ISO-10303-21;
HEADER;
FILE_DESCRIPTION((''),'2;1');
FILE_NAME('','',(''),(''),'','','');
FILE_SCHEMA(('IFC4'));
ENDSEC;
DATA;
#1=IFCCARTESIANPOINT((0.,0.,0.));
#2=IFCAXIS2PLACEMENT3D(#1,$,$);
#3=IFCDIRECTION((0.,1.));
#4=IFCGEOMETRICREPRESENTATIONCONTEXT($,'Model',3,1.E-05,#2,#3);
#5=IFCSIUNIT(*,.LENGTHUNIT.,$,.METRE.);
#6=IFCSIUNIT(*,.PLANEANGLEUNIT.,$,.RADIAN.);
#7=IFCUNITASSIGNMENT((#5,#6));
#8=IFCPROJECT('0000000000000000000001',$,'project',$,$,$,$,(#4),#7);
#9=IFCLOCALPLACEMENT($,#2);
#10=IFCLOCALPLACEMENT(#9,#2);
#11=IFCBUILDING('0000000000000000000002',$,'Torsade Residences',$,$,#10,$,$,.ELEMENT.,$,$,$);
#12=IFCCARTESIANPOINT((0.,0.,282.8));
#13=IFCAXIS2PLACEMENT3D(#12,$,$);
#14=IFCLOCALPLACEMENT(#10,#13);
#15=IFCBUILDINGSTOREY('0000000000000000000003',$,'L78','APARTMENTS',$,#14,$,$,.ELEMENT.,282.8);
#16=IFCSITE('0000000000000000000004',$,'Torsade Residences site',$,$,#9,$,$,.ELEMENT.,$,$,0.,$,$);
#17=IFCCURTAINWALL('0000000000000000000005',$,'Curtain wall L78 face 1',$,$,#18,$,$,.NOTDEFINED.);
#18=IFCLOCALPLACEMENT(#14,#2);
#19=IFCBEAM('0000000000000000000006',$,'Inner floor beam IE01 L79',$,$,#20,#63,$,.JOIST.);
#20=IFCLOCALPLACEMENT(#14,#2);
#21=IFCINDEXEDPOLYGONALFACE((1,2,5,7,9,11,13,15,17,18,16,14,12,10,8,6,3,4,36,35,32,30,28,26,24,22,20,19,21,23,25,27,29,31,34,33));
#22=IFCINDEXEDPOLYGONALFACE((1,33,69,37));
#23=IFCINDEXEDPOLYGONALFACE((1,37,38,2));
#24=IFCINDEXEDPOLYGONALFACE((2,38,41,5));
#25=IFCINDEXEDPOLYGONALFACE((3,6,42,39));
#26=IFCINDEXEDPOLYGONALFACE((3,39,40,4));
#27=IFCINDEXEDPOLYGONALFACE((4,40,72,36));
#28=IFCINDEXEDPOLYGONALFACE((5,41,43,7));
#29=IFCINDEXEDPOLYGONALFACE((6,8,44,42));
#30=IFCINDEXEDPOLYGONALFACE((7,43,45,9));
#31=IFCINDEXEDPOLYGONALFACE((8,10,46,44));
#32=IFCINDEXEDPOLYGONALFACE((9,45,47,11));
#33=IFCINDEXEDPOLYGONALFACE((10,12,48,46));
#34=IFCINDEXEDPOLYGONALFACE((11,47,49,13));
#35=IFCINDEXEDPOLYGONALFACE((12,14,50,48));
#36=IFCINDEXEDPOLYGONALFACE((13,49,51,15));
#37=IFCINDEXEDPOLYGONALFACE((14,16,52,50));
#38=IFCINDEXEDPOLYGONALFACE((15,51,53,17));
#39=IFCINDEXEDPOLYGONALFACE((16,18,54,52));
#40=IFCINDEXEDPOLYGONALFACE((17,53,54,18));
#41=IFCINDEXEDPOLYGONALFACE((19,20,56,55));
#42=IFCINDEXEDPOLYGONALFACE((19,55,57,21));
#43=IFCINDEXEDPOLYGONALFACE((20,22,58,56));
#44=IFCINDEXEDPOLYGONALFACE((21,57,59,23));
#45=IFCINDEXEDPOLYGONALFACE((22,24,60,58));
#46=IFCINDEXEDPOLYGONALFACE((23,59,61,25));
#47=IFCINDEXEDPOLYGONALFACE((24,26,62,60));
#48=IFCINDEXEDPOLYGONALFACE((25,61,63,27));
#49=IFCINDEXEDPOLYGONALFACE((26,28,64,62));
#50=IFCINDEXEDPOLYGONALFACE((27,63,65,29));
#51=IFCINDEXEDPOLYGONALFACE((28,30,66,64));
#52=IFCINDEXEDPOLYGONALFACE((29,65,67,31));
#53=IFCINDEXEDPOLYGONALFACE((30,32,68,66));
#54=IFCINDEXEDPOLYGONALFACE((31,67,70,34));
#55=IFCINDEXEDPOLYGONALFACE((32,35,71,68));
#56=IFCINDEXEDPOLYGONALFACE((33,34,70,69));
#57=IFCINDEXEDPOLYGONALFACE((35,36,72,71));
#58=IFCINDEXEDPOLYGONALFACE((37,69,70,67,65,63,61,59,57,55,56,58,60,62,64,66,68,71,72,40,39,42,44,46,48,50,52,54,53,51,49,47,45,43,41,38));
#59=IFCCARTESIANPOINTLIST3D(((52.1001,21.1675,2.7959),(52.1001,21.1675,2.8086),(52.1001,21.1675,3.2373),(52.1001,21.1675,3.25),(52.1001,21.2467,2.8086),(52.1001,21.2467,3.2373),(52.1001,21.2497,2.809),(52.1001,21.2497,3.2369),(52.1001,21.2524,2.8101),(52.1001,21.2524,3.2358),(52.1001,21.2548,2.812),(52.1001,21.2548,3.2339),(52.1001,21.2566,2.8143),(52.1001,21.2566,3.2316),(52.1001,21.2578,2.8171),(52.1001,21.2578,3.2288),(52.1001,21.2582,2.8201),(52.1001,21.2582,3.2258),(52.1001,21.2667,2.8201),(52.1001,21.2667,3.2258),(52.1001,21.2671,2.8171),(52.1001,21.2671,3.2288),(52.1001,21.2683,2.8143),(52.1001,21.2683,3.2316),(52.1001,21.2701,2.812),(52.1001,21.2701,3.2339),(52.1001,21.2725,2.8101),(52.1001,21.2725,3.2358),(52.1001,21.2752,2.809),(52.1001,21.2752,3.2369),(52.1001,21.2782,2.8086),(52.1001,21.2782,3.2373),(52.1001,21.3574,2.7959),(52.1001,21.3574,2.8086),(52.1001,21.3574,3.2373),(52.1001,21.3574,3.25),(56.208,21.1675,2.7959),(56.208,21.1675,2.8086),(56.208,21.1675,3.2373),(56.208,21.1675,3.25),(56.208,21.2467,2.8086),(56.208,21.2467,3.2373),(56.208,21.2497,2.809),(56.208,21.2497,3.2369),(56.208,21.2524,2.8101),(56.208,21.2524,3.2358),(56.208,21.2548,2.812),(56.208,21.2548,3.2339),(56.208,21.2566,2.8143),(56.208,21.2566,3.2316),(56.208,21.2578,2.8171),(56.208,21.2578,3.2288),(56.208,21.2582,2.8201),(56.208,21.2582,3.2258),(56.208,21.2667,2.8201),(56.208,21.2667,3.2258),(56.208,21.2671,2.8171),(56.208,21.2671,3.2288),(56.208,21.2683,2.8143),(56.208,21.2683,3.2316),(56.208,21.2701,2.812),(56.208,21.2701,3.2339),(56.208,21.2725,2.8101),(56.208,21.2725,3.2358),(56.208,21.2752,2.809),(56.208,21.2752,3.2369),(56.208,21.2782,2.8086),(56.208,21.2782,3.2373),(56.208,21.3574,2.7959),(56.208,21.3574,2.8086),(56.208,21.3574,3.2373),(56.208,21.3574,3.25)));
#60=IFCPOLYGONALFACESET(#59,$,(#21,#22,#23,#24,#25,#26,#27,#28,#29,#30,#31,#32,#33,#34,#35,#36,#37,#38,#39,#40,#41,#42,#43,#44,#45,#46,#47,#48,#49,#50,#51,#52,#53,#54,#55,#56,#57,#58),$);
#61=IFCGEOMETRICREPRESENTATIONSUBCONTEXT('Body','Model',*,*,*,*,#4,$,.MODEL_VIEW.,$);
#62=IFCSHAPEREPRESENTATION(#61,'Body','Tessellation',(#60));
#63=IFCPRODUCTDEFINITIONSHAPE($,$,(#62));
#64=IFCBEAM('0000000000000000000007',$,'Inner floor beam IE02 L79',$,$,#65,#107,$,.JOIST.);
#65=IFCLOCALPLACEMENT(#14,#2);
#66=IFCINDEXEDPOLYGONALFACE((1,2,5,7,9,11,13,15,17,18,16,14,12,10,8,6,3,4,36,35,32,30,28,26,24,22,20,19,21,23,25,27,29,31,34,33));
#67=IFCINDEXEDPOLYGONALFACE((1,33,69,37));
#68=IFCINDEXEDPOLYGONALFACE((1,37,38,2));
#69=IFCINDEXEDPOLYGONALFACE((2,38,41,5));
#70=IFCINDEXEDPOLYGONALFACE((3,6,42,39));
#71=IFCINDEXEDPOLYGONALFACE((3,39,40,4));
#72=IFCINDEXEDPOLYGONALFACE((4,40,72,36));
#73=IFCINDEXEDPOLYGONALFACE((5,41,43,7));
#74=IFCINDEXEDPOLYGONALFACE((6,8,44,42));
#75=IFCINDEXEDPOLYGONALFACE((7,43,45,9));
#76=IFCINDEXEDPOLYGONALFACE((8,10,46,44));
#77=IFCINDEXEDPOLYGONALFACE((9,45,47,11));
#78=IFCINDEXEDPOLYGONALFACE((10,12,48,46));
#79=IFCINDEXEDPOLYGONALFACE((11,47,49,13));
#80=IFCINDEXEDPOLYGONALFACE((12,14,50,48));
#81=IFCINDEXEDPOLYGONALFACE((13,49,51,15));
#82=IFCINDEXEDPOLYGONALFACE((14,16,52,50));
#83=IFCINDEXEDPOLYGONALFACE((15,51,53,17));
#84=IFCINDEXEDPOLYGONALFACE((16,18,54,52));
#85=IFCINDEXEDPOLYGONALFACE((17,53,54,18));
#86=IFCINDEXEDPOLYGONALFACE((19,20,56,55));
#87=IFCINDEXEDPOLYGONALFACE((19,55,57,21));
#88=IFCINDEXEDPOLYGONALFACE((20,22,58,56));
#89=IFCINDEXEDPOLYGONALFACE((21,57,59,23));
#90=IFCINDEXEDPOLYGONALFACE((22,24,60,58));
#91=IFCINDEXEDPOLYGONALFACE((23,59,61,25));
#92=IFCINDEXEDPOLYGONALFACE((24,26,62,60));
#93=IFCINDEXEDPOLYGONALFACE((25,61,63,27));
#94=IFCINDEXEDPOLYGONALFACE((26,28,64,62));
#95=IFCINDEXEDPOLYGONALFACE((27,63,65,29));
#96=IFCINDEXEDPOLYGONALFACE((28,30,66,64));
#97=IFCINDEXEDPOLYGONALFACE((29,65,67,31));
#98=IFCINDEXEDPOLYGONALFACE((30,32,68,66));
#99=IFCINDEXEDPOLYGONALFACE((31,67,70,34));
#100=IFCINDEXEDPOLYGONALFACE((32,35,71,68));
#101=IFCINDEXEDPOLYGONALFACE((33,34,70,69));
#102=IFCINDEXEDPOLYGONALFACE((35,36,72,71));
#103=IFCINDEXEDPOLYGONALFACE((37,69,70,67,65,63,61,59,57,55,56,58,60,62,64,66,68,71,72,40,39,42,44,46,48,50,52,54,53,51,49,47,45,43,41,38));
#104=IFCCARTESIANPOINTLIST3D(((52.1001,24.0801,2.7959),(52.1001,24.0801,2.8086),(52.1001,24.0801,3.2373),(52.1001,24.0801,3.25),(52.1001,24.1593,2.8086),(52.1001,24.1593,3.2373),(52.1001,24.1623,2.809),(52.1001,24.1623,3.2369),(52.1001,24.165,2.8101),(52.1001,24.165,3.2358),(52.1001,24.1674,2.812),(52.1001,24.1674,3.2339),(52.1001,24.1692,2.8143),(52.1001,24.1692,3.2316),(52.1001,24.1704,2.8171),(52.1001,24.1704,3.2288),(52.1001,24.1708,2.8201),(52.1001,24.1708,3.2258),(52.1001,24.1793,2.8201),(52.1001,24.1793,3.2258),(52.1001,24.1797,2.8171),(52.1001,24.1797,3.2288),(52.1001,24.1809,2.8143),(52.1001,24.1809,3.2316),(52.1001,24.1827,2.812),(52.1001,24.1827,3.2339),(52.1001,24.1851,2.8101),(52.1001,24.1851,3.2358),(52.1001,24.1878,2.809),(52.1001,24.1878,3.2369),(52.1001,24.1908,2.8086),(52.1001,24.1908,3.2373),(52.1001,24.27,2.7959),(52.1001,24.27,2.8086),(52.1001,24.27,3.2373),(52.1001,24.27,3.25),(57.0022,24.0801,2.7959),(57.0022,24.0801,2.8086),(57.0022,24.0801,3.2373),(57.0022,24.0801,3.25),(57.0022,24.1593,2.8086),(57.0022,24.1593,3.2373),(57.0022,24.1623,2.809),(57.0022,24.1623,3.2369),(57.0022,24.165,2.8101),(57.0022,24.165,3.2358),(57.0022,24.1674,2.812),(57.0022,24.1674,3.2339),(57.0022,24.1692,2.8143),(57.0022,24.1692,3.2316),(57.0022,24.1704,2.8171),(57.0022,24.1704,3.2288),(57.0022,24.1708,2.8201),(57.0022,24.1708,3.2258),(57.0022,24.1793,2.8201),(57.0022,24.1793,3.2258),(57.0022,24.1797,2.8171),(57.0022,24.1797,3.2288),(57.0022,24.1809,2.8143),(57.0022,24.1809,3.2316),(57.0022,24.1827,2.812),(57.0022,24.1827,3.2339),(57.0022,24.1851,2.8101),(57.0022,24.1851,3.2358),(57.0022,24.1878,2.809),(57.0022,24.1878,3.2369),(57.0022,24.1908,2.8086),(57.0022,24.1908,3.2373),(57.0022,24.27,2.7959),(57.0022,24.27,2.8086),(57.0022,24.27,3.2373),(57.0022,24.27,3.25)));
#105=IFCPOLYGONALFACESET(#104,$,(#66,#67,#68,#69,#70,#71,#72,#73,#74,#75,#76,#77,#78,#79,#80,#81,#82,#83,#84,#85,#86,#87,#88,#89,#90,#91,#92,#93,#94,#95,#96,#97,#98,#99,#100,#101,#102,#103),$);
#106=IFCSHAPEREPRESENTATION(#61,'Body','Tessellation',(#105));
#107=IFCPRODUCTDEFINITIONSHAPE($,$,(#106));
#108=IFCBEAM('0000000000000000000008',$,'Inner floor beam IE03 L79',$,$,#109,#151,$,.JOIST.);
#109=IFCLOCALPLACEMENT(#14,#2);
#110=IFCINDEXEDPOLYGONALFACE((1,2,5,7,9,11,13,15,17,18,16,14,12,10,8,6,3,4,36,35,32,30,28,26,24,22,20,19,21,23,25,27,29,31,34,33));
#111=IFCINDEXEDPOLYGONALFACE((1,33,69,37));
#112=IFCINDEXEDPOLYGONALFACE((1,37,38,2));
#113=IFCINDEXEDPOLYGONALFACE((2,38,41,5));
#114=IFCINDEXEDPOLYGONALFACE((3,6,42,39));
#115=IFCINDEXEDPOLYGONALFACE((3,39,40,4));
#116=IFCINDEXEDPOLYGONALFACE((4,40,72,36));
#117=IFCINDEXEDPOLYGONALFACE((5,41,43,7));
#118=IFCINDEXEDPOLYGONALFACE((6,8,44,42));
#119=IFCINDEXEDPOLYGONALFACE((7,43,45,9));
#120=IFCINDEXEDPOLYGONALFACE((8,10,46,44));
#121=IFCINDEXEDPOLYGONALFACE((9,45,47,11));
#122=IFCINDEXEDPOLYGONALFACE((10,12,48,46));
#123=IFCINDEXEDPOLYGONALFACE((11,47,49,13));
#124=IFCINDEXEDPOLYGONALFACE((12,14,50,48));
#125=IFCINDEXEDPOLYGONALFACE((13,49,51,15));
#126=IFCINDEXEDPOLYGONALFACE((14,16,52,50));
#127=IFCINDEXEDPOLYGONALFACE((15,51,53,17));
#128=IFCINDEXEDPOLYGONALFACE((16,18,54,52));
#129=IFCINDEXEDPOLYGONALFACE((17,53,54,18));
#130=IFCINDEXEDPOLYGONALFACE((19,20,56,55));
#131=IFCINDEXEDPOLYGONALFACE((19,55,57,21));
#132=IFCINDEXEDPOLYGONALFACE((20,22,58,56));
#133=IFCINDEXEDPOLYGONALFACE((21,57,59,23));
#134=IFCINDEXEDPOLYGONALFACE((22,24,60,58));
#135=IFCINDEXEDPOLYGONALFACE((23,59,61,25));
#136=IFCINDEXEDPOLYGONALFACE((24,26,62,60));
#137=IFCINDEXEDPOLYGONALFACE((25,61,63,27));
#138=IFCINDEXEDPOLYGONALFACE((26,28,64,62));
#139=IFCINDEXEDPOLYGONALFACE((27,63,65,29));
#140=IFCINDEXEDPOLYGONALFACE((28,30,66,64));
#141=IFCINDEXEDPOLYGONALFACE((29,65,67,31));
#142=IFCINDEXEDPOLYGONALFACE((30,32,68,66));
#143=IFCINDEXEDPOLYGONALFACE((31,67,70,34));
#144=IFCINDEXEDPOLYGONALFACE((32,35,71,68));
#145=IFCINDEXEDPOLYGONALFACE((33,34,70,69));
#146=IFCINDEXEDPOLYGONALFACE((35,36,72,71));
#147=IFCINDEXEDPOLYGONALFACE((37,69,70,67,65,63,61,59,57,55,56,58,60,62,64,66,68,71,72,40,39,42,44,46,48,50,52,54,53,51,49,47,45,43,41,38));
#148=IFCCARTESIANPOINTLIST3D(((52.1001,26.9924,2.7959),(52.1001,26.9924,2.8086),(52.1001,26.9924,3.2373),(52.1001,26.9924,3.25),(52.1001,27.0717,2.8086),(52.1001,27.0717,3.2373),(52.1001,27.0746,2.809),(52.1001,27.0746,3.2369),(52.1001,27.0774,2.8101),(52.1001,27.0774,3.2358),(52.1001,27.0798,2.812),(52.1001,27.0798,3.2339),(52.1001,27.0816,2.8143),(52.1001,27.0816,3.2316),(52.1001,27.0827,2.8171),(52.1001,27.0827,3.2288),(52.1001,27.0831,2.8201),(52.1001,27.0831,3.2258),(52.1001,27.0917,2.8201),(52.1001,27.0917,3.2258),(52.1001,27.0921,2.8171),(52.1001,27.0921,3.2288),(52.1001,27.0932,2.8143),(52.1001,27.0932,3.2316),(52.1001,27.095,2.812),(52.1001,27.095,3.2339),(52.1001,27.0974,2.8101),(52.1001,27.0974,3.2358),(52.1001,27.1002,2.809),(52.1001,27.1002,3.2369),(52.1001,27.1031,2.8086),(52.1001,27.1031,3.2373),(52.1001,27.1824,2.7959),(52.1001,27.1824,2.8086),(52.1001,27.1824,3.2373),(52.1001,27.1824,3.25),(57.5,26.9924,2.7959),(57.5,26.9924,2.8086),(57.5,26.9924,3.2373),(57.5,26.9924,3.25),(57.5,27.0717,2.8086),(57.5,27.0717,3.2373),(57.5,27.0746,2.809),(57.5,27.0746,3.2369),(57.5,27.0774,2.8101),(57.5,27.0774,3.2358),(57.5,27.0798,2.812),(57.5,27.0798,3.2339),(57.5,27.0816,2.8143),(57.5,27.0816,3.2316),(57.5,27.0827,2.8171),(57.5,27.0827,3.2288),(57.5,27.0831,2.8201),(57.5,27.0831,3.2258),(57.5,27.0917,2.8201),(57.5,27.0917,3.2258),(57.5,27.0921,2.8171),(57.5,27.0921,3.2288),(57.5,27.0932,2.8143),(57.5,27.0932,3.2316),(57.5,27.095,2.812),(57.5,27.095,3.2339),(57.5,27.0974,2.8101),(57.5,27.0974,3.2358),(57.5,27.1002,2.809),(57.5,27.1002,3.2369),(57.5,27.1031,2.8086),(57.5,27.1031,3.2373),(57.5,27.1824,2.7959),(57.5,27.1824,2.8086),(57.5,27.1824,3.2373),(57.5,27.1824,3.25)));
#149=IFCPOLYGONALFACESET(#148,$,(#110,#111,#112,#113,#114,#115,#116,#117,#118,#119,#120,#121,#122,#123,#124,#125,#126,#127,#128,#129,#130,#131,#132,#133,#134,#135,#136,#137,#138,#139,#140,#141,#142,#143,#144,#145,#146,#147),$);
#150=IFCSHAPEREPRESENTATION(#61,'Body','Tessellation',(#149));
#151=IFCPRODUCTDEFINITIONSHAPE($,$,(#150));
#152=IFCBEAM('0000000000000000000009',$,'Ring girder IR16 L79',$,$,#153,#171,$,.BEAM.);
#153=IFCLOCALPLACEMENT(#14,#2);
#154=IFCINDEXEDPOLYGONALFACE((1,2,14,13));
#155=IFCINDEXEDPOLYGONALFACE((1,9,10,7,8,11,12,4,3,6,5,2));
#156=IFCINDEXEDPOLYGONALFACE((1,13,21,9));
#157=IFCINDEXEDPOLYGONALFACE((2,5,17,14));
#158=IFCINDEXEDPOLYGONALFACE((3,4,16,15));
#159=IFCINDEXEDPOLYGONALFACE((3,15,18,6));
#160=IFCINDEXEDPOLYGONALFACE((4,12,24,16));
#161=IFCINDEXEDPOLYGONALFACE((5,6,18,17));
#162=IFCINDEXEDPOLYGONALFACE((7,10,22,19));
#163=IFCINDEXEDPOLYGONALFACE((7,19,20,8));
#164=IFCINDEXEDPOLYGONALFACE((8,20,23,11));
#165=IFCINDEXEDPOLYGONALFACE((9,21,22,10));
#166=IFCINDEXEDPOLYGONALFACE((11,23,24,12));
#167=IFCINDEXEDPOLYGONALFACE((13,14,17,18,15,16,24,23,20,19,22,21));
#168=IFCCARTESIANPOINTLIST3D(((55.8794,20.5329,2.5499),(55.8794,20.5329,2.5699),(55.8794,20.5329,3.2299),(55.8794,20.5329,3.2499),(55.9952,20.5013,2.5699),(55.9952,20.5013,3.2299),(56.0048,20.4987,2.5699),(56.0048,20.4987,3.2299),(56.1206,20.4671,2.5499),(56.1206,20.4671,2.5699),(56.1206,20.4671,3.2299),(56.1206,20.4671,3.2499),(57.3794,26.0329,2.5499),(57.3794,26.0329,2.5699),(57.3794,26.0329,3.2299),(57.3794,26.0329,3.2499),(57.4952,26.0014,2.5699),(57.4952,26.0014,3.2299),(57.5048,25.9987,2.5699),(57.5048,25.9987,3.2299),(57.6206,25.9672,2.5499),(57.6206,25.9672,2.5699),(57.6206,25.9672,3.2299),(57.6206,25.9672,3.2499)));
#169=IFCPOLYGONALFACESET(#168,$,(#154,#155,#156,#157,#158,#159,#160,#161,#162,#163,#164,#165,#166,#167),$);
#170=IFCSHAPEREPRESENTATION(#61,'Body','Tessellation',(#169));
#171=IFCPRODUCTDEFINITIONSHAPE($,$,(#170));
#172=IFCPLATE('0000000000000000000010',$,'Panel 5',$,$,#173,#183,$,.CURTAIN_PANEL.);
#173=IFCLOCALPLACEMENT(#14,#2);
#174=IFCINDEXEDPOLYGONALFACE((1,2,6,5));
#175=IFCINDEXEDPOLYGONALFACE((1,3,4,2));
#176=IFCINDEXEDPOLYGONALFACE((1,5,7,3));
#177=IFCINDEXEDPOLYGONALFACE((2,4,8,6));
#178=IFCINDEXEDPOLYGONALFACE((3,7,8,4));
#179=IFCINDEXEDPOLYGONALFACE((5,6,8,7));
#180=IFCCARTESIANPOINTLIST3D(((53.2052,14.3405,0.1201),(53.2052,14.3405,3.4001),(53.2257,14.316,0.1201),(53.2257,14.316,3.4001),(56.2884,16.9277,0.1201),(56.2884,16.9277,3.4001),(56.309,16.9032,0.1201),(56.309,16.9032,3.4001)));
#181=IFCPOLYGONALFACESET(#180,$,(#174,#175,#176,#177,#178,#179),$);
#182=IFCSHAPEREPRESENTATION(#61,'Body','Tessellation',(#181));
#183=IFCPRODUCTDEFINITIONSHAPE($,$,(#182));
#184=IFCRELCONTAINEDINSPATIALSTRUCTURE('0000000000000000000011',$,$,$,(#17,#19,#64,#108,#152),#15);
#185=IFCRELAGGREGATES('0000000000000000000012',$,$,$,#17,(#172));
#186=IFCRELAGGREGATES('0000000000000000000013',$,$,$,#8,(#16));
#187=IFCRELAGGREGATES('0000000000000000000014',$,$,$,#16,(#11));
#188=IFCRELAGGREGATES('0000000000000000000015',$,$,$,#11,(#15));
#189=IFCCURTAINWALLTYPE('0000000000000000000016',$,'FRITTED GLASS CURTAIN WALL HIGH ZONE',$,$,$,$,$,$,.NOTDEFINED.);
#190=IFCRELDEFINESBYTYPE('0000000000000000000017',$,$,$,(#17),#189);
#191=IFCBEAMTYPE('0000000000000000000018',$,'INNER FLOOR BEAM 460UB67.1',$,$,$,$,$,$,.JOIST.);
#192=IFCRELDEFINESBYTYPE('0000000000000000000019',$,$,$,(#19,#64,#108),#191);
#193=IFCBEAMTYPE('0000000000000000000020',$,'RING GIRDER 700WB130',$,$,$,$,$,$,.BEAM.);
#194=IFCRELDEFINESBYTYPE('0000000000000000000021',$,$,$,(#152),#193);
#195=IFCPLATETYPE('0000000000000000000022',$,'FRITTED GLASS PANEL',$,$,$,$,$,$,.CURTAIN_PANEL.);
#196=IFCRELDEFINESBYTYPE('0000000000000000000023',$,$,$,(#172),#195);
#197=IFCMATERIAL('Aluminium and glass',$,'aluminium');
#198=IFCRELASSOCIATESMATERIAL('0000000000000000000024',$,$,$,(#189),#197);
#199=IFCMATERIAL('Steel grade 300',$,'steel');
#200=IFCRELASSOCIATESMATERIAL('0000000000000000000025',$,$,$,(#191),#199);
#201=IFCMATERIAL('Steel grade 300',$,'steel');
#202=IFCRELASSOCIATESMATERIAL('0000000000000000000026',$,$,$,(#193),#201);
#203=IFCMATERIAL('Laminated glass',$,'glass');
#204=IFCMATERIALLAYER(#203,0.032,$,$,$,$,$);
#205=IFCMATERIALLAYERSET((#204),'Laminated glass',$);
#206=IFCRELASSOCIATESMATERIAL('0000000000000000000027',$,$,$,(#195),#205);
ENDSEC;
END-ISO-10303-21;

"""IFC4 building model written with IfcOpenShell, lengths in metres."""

from ifc_helpers import new_model, si_unit, direction, frame, origin, origin_2d, place, context, subcontext, project, spatial, rectangle, i_section, extrude, material, layer, layer_set, material_profile, profile_set, type_object, element, aggregate, save


model = new_model("IFC4")

# Units and contexts
model_context = context("Model", 3, precision=1e-05, world=origin(), true_north=direction((0.0, 1.0)))
body_context = subcontext(model_context, "Body", "Model", "MODEL_VIEW")
ifc_project = project(units=[si_unit("LENGTHUNIT", "METRE"), si_unit("PLANEANGLEUNIT", "RADIAN")], contexts=[model_context])

# Site, building, storey
site_placement = place(None, origin())
site = spatial("IfcSite", under=ifc_project, at=site_placement, Name="Torsade Residences site", CompositionType="ELEMENT", RefElevation=0.0)
building_placement = place(site_placement, origin())
building = spatial("IfcBuilding", under=site, at=building_placement, Name="Torsade Residences", CompositionType="ELEMENT")
storey_placement = place(building_placement, frame((0.0, 0.0, 282.8)))
storey = spatial("IfcBuildingStorey", under=building, at=storey_placement, Name="L78", Description="APARTMENTS", CompositionType="ELEMENT", Elevation=282.8)

# Curtain wall
ifc_material_1 = material(Name="Aluminium and glass", Category="aluminium")
curtain_wall_type = type_object("IfcCurtainWallType", Name="FRITTED GLASS CURTAIN WALL HIGH ZONE", PredefinedType="NOTDEFINED", material=ifc_material_1)
curtain_wall_placement = place(storey_placement, origin())
curtain_wall = element("IfcCurtainWall", 1, at=curtain_wall_placement, inside=storey, type_object=curtain_wall_type, Name="Curtain wall L78 face 1", PredefinedType="NOTDEFINED")

# Beams
ifc_material_2 = material(Name="Steel grade 300", Category="steel")
ifc_material_profile_1 = material_profile(ifc_material_2, i_section(OverallWidth=0.1899, OverallDepth=0.4541, WebThickness=0.0085, FlangeThickness=0.0127, FilletRadius=0.0115, at=origin_2d()), Name="460UB67.1")
ifc_profile_set_1 = profile_set([ifc_material_profile_1], Name="Steel grade 300")
beam_type_1 = type_object("IfcBeamType", Name="INNER FLOOR BEAM 460UB67.1", PredefinedType="JOIST", material=ifc_profile_set_1)
beam_1_placement = place(storey_placement, frame((52.1001, 21.2625, 3.0229), z_axis=(1.0, 0.0, 0.0), x_axis=(0.0, 1.0, 0.0)))
element("IfcBeam", 2, at=beam_1_placement, inside=storey, type_object=beam_type_1, Name="Inner floor beam IE01 L79", PredefinedType="JOIST", context=body_context, shape_type="SweptSolid", body=[
    extrude(i_section(OverallWidth=0.1899, OverallDepth=0.4541, WebThickness=0.0085, FlangeThickness=0.0127, FilletRadius=0.0115, at=origin_2d()), origin(), (0.0, 0.0, 1.0), 4.1079),
])
beam_2_placement = place(storey_placement, frame((52.1001, 24.175, 3.0229), z_axis=(1.0, 0.0, 0.0), x_axis=(0.0, 1.0, 0.0)))
element("IfcBeam", 3, at=beam_2_placement, inside=storey, type_object=beam_type_1, Name="Inner floor beam IE02 L79", PredefinedType="JOIST", context=body_context, shape_type="SweptSolid", body=[
    extrude(i_section(OverallWidth=0.1899, OverallDepth=0.4541, WebThickness=0.0085, FlangeThickness=0.0127, FilletRadius=0.0115, at=origin_2d()), origin(), (0.0, 0.0, 1.0), 4.9021),
])
beam_3_placement = place(storey_placement, frame((52.1001, 27.0874, 3.0229), z_axis=(1.0, 0.0, 0.0), x_axis=(0.0, 1.0, 0.0)))
element("IfcBeam", 4, at=beam_3_placement, inside=storey, type_object=beam_type_1, Name="Inner floor beam IE03 L79", PredefinedType="JOIST", context=body_context, shape_type="SweptSolid", body=[
    extrude(i_section(OverallWidth=0.1899, OverallDepth=0.4541, WebThickness=0.0085, FlangeThickness=0.0127, FilletRadius=0.0115, at=origin_2d()), origin(), (0.0, 0.0, 1.0), 5.3999),
])
ifc_material_3 = material(Name="Steel grade 300", Category="steel")
ifc_material_profile_2 = material_profile(ifc_material_3, i_section(OverallWidth=0.25, OverallDepth=0.7, WebThickness=0.01, FlangeThickness=0.02, at=origin_2d()), Name="700WB130")
ifc_profile_set_2 = profile_set([ifc_material_profile_2], Name="Steel grade 300")
beam_type_2 = type_object("IfcBeamType", Name="RING GIRDER 700WB130", PredefinedType="BEAM", material=ifc_profile_set_2)
beam_4_placement = place(storey_placement, frame((56.0, 20.5, 2.8999), z_axis=(0.263117, 0.964764, 0.0), x_axis=(-0.964764, 0.263117, 0.0)))
element("IfcBeam", 5, at=beam_4_placement, inside=storey, type_object=beam_type_2, Name="Ring girder IR16 L79", PredefinedType="BEAM", context=body_context, shape_type="SweptSolid", body=[
    extrude(i_section(OverallWidth=0.25, OverallDepth=0.7, WebThickness=0.01, FlangeThickness=0.02, at=origin_2d()), origin(), (0.0, 0.0, 1.0), 5.7009),
])

# Plate
ifc_material_4 = material(Name="Laminated glass", Category="glass")
ifc_layer_1 = layer(ifc_material_4, 0.032)
ifc_layer_set_1 = layer_set([ifc_layer_1], Name="Laminated glass")
plate_type = type_object("IfcPlateType", Name="FRITTED GLASS PANEL", PredefinedType="CURTAIN_PANEL", material=ifc_layer_set_1)
plate_placement = place(storey_placement, frame((54.7571, 15.6218, 0.1201), z_axis=(0.0, 0.0, 1.0), x_axis=(0.766044, 0.642788, 0.0)))
plate = element("IfcPlate", 6, at=plate_placement, type_object=plate_type, Name="Panel 5", PredefinedType="CURTAIN_PANEL", context=body_context, shape_type="SweptSolid", body=[
    extrude(rectangle(XDim=4.0249, YDim=0.032, at=origin_2d()), origin(), (0.0, 0.0, 1.0), 3.28),
])
aggregate(curtain_wall, [plate])

save(model, "model.ifc")
